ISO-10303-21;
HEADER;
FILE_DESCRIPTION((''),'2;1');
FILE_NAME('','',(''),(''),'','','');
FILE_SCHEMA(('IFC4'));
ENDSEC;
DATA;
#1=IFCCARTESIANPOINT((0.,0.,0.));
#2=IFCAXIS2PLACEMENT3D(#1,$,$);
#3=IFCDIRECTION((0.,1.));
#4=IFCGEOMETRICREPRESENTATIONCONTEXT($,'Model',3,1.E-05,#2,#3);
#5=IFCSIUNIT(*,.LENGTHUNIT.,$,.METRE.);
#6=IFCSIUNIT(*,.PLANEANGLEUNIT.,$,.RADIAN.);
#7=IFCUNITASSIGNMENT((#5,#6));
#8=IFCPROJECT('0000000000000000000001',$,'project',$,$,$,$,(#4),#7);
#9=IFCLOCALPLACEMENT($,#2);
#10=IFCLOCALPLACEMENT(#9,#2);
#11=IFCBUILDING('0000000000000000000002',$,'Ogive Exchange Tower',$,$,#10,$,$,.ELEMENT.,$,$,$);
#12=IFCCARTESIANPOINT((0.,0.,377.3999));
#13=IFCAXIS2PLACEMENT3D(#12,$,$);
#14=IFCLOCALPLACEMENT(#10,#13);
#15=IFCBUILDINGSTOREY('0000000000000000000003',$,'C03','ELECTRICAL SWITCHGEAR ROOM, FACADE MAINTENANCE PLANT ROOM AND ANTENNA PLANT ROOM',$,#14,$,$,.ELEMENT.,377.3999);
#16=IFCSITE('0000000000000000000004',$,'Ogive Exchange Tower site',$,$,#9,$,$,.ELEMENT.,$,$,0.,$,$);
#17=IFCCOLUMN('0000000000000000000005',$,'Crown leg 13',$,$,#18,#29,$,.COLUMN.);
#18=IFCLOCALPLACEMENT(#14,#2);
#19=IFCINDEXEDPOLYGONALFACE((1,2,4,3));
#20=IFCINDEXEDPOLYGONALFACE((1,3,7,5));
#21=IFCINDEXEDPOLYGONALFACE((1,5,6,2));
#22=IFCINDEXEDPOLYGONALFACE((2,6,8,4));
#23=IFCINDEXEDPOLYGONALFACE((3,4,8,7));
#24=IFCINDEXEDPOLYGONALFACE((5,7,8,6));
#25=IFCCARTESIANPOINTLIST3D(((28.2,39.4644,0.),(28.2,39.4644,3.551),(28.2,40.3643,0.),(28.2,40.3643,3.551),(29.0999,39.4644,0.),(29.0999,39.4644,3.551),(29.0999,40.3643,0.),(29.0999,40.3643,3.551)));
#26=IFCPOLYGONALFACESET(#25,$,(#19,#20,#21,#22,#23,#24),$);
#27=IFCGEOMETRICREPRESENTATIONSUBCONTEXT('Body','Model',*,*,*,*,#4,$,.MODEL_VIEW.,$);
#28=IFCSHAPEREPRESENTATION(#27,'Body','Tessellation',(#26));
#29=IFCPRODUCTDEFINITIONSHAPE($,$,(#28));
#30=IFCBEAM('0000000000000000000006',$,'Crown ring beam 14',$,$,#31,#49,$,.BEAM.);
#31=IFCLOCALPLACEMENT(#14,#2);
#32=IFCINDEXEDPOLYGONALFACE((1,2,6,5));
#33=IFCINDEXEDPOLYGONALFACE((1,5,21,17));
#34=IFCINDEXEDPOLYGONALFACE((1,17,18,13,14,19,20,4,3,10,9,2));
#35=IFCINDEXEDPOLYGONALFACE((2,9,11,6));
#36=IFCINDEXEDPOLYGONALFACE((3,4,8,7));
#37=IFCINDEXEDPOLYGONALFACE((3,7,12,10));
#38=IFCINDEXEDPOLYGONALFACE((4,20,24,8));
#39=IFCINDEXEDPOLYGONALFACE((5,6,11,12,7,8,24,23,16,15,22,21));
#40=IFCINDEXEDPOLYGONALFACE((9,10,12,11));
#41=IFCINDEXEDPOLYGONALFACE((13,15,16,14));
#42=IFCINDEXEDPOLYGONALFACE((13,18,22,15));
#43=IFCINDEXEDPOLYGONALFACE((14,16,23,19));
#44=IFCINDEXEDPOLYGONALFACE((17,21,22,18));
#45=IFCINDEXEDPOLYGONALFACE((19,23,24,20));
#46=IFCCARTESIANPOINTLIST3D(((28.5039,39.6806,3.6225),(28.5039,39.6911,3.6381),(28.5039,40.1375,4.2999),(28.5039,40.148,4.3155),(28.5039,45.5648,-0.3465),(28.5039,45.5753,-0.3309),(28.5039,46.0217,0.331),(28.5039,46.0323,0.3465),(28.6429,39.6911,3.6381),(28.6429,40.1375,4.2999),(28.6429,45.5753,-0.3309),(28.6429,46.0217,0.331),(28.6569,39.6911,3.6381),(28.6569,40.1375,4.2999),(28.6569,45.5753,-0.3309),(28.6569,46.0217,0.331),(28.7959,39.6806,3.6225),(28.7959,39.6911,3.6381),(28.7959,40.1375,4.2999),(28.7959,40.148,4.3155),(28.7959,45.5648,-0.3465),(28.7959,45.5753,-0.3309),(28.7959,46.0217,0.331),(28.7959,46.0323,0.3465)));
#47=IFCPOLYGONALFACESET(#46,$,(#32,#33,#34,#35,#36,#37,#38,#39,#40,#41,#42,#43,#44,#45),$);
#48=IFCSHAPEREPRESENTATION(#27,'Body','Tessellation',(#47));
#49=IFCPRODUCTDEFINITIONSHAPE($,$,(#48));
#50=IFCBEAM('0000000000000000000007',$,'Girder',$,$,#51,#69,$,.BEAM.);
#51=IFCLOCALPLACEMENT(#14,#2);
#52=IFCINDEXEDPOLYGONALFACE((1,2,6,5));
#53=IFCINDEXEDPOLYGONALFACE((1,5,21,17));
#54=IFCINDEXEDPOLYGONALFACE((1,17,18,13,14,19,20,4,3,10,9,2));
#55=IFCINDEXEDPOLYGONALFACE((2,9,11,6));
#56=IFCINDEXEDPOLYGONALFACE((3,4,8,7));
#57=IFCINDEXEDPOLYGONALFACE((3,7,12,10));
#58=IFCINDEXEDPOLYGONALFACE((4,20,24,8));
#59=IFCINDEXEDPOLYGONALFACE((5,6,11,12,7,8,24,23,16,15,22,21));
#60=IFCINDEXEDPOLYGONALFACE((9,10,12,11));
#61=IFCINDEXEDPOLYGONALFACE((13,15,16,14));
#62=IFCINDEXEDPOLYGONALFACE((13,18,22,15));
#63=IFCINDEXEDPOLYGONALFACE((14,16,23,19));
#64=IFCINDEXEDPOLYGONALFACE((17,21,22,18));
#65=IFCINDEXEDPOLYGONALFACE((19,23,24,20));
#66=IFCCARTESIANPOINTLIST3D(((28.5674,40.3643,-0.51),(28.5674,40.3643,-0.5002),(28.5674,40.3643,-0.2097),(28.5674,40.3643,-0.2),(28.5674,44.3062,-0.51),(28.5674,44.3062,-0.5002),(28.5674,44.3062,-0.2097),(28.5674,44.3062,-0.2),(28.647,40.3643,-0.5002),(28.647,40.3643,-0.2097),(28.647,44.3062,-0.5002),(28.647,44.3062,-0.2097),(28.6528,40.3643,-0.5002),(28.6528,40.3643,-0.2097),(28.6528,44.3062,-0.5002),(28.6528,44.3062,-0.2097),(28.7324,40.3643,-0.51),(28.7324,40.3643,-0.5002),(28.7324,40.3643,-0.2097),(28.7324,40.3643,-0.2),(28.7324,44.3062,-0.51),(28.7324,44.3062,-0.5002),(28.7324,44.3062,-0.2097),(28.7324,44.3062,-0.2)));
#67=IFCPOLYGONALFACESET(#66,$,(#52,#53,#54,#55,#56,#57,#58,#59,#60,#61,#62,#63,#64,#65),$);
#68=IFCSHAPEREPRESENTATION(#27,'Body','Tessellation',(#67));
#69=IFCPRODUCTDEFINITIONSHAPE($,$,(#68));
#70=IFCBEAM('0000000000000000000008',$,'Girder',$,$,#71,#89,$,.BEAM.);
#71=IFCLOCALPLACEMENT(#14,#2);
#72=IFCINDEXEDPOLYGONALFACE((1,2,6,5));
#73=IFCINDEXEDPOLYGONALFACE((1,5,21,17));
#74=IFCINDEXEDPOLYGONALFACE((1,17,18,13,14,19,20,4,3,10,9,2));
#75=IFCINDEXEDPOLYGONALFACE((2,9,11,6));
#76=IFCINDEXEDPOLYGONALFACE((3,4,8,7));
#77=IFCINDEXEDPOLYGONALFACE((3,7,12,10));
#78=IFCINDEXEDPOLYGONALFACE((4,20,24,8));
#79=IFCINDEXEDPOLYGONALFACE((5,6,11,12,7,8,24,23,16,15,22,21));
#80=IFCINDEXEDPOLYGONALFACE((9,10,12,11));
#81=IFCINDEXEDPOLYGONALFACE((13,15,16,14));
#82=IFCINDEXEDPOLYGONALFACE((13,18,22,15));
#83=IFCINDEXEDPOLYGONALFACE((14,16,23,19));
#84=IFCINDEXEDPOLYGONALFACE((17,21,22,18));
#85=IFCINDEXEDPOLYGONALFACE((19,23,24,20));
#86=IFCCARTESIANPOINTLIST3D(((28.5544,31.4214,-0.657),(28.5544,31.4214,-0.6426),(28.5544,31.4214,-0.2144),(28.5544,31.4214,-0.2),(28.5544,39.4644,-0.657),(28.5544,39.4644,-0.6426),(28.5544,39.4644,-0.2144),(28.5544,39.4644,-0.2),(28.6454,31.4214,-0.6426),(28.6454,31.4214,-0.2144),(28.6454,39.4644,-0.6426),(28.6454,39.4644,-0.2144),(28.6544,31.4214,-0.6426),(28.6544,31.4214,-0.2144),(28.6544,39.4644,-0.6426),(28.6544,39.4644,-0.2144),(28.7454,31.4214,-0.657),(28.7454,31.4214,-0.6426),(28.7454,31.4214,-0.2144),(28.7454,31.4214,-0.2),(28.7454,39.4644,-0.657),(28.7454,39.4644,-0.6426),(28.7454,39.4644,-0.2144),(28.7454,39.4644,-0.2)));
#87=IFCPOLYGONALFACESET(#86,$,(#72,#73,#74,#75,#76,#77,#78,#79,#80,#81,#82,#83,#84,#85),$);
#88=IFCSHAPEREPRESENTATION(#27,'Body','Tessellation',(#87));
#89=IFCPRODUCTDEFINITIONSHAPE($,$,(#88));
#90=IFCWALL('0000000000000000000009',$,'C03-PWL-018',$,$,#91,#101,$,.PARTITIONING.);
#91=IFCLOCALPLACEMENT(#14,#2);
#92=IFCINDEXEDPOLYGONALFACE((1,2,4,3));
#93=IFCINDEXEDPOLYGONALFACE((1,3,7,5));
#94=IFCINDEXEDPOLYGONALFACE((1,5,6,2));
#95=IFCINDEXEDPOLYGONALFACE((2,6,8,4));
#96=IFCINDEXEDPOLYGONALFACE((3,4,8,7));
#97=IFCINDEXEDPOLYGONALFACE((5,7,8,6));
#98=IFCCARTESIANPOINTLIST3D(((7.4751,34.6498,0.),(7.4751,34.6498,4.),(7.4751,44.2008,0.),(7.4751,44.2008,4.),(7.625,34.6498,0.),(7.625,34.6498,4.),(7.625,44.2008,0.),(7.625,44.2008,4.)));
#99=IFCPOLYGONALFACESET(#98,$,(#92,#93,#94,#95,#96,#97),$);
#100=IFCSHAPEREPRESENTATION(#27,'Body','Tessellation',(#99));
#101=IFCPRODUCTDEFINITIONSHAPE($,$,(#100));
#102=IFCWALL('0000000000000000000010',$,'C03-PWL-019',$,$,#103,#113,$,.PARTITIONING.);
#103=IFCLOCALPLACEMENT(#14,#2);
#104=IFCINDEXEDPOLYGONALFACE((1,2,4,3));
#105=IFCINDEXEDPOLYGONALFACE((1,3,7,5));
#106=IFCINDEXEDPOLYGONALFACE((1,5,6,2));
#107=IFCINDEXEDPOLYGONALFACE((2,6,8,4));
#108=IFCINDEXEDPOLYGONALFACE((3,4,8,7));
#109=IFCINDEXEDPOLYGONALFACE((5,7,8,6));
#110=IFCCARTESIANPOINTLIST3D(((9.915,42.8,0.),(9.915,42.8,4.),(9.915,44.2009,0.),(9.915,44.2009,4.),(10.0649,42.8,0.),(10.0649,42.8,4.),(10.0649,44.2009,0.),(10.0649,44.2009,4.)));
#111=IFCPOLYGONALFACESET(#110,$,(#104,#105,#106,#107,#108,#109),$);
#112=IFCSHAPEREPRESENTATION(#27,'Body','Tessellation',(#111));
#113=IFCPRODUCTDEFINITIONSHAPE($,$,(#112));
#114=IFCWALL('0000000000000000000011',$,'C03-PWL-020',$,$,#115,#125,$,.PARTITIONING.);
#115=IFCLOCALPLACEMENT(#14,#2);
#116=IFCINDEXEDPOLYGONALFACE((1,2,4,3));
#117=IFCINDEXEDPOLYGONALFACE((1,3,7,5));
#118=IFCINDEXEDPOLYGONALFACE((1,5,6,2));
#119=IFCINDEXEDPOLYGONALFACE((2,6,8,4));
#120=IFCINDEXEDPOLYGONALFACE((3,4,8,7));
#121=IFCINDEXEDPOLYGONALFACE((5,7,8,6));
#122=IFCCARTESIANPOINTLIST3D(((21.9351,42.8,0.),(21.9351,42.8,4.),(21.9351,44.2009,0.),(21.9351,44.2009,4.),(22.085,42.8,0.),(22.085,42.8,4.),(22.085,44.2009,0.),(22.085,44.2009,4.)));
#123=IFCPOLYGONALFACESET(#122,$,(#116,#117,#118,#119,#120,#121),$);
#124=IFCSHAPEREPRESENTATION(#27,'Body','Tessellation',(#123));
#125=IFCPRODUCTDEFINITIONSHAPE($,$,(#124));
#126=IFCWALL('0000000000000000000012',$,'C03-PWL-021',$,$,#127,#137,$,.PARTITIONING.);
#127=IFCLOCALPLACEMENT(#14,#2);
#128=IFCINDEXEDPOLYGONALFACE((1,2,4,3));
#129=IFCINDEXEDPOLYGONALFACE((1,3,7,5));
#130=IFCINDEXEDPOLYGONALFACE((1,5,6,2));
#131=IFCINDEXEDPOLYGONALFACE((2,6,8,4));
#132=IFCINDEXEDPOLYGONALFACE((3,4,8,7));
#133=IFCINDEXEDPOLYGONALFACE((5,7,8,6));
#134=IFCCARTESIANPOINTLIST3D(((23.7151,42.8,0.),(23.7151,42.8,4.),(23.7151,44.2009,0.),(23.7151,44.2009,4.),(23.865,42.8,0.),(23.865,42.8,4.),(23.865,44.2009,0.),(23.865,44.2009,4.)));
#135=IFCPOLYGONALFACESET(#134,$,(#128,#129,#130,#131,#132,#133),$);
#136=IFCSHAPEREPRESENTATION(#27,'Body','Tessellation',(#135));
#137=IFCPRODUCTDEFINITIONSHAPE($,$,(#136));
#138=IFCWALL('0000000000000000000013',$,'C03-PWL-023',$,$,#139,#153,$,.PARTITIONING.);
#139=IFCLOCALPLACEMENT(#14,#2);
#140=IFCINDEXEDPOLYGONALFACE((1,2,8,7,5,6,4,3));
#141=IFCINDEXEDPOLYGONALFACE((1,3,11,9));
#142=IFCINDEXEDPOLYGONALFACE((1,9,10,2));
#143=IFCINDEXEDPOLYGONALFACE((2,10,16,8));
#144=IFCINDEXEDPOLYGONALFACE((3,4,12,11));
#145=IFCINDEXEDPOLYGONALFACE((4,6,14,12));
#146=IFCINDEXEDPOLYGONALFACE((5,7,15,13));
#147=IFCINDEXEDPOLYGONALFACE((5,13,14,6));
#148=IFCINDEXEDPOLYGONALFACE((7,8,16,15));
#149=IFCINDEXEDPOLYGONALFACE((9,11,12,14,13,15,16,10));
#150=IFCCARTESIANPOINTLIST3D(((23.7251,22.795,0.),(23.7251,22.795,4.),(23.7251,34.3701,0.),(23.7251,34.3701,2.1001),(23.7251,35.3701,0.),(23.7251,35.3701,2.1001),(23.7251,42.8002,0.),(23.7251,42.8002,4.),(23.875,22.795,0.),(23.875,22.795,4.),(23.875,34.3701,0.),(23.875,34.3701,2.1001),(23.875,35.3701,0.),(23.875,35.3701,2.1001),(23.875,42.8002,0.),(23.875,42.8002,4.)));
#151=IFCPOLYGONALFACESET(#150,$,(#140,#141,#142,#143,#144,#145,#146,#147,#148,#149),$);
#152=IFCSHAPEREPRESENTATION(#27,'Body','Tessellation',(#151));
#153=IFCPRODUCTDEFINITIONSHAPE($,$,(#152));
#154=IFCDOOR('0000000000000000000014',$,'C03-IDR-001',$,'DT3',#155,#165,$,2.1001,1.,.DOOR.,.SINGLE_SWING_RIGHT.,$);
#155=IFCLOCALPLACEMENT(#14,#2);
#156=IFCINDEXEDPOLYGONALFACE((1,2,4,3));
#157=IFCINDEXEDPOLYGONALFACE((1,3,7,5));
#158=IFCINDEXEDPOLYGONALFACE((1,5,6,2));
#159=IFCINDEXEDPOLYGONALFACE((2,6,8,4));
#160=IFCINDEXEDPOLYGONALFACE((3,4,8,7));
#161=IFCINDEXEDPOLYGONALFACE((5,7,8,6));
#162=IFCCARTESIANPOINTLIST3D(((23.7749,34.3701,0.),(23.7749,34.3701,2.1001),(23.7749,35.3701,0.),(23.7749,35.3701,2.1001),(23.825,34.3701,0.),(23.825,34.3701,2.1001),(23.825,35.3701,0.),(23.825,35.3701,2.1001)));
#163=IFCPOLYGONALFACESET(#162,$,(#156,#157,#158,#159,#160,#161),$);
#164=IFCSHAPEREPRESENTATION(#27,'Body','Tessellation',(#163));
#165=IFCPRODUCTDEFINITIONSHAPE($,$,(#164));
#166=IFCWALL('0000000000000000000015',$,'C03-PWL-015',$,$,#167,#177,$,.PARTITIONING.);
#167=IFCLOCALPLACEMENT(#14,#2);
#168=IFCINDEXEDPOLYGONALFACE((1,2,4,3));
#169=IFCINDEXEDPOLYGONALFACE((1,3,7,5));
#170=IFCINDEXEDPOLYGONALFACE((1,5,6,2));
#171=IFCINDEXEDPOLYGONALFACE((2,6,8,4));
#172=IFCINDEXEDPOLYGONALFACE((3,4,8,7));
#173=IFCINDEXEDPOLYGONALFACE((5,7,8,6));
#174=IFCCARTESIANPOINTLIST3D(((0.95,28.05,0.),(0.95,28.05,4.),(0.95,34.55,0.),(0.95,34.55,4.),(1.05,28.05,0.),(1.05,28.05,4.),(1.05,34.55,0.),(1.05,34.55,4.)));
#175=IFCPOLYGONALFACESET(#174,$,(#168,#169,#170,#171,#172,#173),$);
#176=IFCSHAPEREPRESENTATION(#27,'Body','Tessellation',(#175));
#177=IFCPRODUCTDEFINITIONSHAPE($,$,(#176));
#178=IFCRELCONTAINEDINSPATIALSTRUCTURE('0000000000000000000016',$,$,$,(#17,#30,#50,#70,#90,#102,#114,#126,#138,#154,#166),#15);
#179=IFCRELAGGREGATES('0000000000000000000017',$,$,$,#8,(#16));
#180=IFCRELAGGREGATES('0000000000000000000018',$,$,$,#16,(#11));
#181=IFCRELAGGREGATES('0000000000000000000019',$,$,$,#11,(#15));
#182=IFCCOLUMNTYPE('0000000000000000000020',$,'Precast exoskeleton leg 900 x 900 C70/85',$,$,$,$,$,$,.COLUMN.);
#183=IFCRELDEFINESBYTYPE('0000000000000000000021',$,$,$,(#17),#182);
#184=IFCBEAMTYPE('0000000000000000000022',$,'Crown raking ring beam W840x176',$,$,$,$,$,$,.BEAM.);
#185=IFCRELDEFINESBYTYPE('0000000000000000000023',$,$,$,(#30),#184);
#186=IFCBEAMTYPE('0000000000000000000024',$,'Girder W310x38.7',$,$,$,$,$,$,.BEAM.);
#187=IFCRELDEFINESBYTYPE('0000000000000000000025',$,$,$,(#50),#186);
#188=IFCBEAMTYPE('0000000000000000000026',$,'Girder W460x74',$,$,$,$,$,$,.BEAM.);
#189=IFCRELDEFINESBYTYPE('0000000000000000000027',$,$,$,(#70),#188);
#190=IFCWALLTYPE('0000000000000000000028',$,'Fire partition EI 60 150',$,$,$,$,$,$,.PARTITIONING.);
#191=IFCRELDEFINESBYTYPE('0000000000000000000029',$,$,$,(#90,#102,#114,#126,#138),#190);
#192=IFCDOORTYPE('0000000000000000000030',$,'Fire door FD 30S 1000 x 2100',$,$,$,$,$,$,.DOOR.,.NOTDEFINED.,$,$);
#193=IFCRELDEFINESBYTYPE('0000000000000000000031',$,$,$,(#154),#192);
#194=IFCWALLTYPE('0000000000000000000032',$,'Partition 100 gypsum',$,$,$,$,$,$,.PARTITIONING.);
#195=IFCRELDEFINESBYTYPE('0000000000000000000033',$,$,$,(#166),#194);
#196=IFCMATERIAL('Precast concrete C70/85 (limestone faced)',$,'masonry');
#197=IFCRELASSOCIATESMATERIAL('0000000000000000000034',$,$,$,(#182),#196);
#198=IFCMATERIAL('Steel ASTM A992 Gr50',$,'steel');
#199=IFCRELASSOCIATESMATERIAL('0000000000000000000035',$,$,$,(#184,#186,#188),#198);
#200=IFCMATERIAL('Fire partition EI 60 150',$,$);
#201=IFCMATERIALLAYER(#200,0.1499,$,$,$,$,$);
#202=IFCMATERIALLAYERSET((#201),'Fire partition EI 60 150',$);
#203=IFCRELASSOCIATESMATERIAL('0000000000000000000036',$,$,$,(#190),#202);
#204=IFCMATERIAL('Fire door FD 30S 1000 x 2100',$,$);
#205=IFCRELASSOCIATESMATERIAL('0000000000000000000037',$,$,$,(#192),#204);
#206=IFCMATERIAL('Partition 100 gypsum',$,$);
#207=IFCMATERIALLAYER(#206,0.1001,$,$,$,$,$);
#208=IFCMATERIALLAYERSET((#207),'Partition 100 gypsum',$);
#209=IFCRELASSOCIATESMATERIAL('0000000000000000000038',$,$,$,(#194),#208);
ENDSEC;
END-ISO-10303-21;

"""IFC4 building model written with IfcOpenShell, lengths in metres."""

from ifc_helpers import new_model, si_unit, direction, frame, frame_2d, origin, origin_2d, place, context, subcontext, project, spatial, rectangle, i_section, extrude, material, layer, layer_set, material_profile, profile_set, type_object, element, fill, save


model = new_model("IFC4")

# Units and contexts
model_context = context("Model", 3, precision=1e-05, world=origin(), true_north=direction((0.0, 1.0)))
body_context = subcontext(model_context, "Body", "Model", "MODEL_VIEW")
ifc_project = project(units=[si_unit("LENGTHUNIT", "METRE"), si_unit("PLANEANGLEUNIT", "RADIAN")], contexts=[model_context])

# Site, building, storey
site_placement = place(None, origin())
site = spatial("IfcSite", under=ifc_project, at=site_placement, Name="Ogive Exchange Tower site", CompositionType="ELEMENT", RefElevation=0.0)
building_placement = place(site_placement, origin())
building = spatial("IfcBuilding", under=site, at=building_placement, Name="Ogive Exchange Tower", CompositionType="ELEMENT")
storey_placement = place(building_placement, frame((0.0, 0.0, 377.3999)))
storey = spatial("IfcBuildingStorey", under=building, at=storey_placement, Name="C03", Description="ELECTRICAL SWITCHGEAR ROOM, FACADE MAINTENANCE PLANT ROOM AND ANTENNA PLANT ROOM", CompositionType="ELEMENT", Elevation=377.3999)

# Column
ifc_material_1 = material(Name="Precast concrete C70/85 (limestone faced)", Category="masonry")
ifc_material_profile_1 = material_profile(ifc_material_1, rectangle(XDim=0.8999, YDim=0.8999, at=origin_2d()), Name="900 x 900")
ifc_profile_set_1 = profile_set([ifc_material_profile_1], Name="Precast concrete C70/85 (limestone faced)")
column_type = type_object("IfcColumnType", Name="Precast exoskeleton leg 900 x 900 C70/85", PredefinedType="COLUMN", material=ifc_profile_set_1)
column_placement = place(storey_placement, frame((28.6499, 39.9143, 0.0), z_axis=(0.0, 0.0, 1.0), x_axis=(1.0, 0.0, 0.0)))
element("IfcColumn", 1, at=column_placement, inside=storey, type_object=column_type, Name="Crown leg 13", PredefinedType="COLUMN", context=body_context, shape_type="SweptSolid", body=[
    extrude(rectangle(XDim=0.8999, YDim=0.8999, at=origin_2d()), origin(), (0.0, 0.0, 1.0), 3.551),
])

# Beams
ifc_material_2 = material(Name="Steel ASTM A992 Gr50", Category="steel")
ifc_material_profile_2 = material_profile(ifc_material_2, i_section(OverallWidth=0.292, OverallDepth=0.8359, WebThickness=0.0139, FlangeThickness=0.0188, at=origin_2d()), Name="W840x176")
ifc_profile_set_2 = profile_set([ifc_material_profile_2], Name="Steel ASTM A992 Gr50")
beam_type_1 = type_object("IfcBeamType", Name="Crown raking ring beam W840x176", PredefinedType="BEAM", material=ifc_profile_set_2)
beam_1_placement = place(storey_placement, frame((28.6499, 39.9143, 3.969), z_axis=(0.0, 0.829038, -0.559193), x_axis=(-1.0, 0.0, 0.0)))
element("IfcBeam", 2, at=beam_1_placement, inside=storey, type_object=beam_type_1, Name="Crown ring beam 14", PredefinedType="BEAM", context=body_context, shape_type="SweptSolid", body=[
    extrude(i_section(OverallWidth=0.292, OverallDepth=0.8359, WebThickness=0.0139, FlangeThickness=0.0188, at=origin_2d()), origin(), (0.0, 0.0, 1.0), 7.0977),
])
ifc_material_profile_3 = material_profile(ifc_material_2, i_section(OverallWidth=0.165, OverallDepth=0.3101, WebThickness=0.0059, FlangeThickness=0.0098, at=origin_2d()), Name="W310x38.7")
ifc_profile_set_3 = profile_set([ifc_material_profile_3], Name="Steel ASTM A992 Gr50")
beam_type_2 = type_object("IfcBeamType", Name="Girder W310x38.7", PredefinedType="BEAM", material=ifc_profile_set_3)
beam_2_placement = place(storey_placement, frame((28.6499, 40.3643, -0.355), z_axis=(0.0, 1.0, 0.0), x_axis=(-1.0, 0.0, 0.0)))
element("IfcBeam", 3, at=beam_2_placement, inside=storey, type_object=beam_type_2, Name="Girder", PredefinedType="BEAM", context=body_context, shape_type="SweptSolid", body=[
    extrude(i_section(OverallWidth=0.165, OverallDepth=0.3101, WebThickness=0.0059, FlangeThickness=0.0098, at=origin_2d()), origin(), (0.0, 0.0, 1.0), 3.9419),
])
ifc_material_profile_4 = material_profile(ifc_material_2, i_section(OverallWidth=0.1909, OverallDepth=0.457, WebThickness=0.009, FlangeThickness=0.0144, at=origin_2d()), Name="W460x74")
ifc_profile_set_4 = profile_set([ifc_material_profile_4], Name="Steel ASTM A992 Gr50")
beam_type_3 = type_object("IfcBeamType", Name="Girder W460x74", PredefinedType="BEAM", material=ifc_profile_set_4)
beam_3_placement = place(storey_placement, frame((28.6499, 31.4214, -0.4285), z_axis=(0.0, 1.0, 0.0), x_axis=(-1.0, 0.0, 0.0)))
element("IfcBeam", 4, at=beam_3_placement, inside=storey, type_object=beam_type_3, Name="Girder", PredefinedType="BEAM", context=body_context, shape_type="SweptSolid", body=[
    extrude(i_section(OverallWidth=0.1909, OverallDepth=0.457, WebThickness=0.009, FlangeThickness=0.0144, at=origin_2d()), origin(), (0.0, 0.0, 1.0), 8.043),
])

# Walls
ifc_material_3 = material(Name="Fire partition EI 60 150")
ifc_layer_1 = layer(ifc_material_3, 0.1499)
ifc_layer_set_1 = layer_set([ifc_layer_1], Name="Fire partition EI 60 150")
wall_type_1 = type_object("IfcWallType", Name="Fire partition EI 60 150", PredefinedType="PARTITIONING", material=ifc_layer_set_1)
wall_1_placement = place(storey_placement, frame((7.55, 34.6499, 0.0), z_axis=(0.0, 0.0, 1.0), x_axis=(0.0, 1.0, 0.0)))
element("IfcWall", 5, at=wall_1_placement, inside=storey, type_object=wall_type_1, Name="C03-PWL-018", PredefinedType="PARTITIONING", context=body_context, shape_type="SweptSolid", body=[
    extrude(rectangle(XDim=9.551, YDim=0.1499, at=frame_2d((4.7754, 0.0))), origin(), (0.0, 0.0, 1.0), 4.0),
])
for number, where, z_axis, x_axis, name in (
    (6, (9.99, 44.2009, 0.0), (0.0, 0.0, 1.0), (0.0, -1.0, 0.0), "C03-PWL-019"),
    (7, (22.01, 42.8, 0.0), (0.0, 0.0, 1.0), (0.0, 1.0, 0.0), "C03-PWL-020"),
    (8, (23.79, 44.2009, 0.0), (0.0, 0.0, 1.0), (0.0, -1.0, 0.0), "C03-PWL-021"),
):
    element("IfcWall", number, at=place(storey_placement, frame(where, z_axis=z_axis, x_axis=x_axis)), inside=storey, type_object=wall_type_1, Name=name, PredefinedType="PARTITIONING", context=body_context, shape_type="SweptSolid", body=[
        extrude(rectangle(XDim=1.4009, YDim=0.1499, at=frame_2d((0.7004, 0.0))), origin(), (0.0, 0.0, 1.0), 4.0),
    ])

# Wall, opening, door
wall_2_placement = place(storey_placement, frame((23.8, 42.8, 0.0), z_axis=(0.0, 0.0, 1.0), x_axis=(0.0, -1.0, 0.0)))
wall_2 = element("IfcWall", 9, at=wall_2_placement, inside=storey, type_object=wall_type_1, Name="C03-PWL-023", PredefinedType="PARTITIONING", context=body_context, shape_type="SweptSolid", body=[
    extrude(rectangle(XDim=20.0051, YDim=0.1499, at=frame_2d((10.0024, 0.0))), origin(), (0.0, 0.0, 1.0), 4.0),
])
opening_1_placement = place(wall_2_placement, frame((7.4299, 0.0, 0.0)))
opening_1 = element("IfcOpeningElement", 10, at=opening_1_placement, cuts=wall_2, PredefinedType="OPENING", context=body_context, shape_type="SweptSolid", body=[
    extrude(rectangle(XDim=1.0, YDim=2.1001, at=frame_2d((0.5, 1.05))), frame((0.0, 0.085, 0.0), z_axis=(0.0, -1.0, 0.0), x_axis=(1.0, 0.0, 0.0)), (0.0, 0.0, 1.0), 0.1699),
])
ifc_material_4 = material(Name="Fire door FD 30S 1000 x 2100")
door_type = type_object("IfcDoorType", Name="Fire door FD 30S 1000 x 2100", OperationType="NOTDEFINED", PredefinedType="DOOR", material=ifc_material_4)
door_placement = place(opening_1_placement, origin())
door = element("IfcDoor", 11, at=door_placement, inside=storey, type_object=door_type, Name="C03-IDR-001", ObjectType="DT3", OperationType="SINGLE_SWING_RIGHT", OverallHeight=2.1001, OverallWidth=1.0, PredefinedType="DOOR", context=body_context, shape_type="SweptSolid", body=[
    extrude(rectangle(XDim=1.0, YDim=2.1001, at=frame_2d((0.5, 1.05))), frame((0.0, 0.0249, 0.0), z_axis=(0.0, -1.0, 0.0), x_axis=(1.0, 0.0, 0.0)), (0.0, 0.0, 1.0), 0.05),
])
fill(opening_1, door)

# Wall
ifc_material_5 = material(Name="Partition 100 gypsum")
ifc_layer_2 = layer(ifc_material_5, 0.1001)
ifc_layer_set_2 = layer_set([ifc_layer_2], Name="Partition 100 gypsum")
wall_type_2 = type_object("IfcWallType", Name="Partition 100 gypsum", PredefinedType="PARTITIONING", material=ifc_layer_set_2)
wall_3_placement = place(storey_placement, frame((1.0, 34.55, 0.0), z_axis=(0.0, 0.0, 1.0), x_axis=(0.0, -1.0, 0.0)))
element("IfcWall", 12, at=wall_3_placement, inside=storey, type_object=wall_type_2, Name="C03-PWL-015", PredefinedType="PARTITIONING", context=body_context, shape_type="SweptSolid", body=[
    extrude(rectangle(XDim=6.5, YDim=0.1001, at=frame_2d((3.25, 0.0))), origin(), (0.0, 0.0, 1.0), 4.0),
])

save(model, "model.ifc")
